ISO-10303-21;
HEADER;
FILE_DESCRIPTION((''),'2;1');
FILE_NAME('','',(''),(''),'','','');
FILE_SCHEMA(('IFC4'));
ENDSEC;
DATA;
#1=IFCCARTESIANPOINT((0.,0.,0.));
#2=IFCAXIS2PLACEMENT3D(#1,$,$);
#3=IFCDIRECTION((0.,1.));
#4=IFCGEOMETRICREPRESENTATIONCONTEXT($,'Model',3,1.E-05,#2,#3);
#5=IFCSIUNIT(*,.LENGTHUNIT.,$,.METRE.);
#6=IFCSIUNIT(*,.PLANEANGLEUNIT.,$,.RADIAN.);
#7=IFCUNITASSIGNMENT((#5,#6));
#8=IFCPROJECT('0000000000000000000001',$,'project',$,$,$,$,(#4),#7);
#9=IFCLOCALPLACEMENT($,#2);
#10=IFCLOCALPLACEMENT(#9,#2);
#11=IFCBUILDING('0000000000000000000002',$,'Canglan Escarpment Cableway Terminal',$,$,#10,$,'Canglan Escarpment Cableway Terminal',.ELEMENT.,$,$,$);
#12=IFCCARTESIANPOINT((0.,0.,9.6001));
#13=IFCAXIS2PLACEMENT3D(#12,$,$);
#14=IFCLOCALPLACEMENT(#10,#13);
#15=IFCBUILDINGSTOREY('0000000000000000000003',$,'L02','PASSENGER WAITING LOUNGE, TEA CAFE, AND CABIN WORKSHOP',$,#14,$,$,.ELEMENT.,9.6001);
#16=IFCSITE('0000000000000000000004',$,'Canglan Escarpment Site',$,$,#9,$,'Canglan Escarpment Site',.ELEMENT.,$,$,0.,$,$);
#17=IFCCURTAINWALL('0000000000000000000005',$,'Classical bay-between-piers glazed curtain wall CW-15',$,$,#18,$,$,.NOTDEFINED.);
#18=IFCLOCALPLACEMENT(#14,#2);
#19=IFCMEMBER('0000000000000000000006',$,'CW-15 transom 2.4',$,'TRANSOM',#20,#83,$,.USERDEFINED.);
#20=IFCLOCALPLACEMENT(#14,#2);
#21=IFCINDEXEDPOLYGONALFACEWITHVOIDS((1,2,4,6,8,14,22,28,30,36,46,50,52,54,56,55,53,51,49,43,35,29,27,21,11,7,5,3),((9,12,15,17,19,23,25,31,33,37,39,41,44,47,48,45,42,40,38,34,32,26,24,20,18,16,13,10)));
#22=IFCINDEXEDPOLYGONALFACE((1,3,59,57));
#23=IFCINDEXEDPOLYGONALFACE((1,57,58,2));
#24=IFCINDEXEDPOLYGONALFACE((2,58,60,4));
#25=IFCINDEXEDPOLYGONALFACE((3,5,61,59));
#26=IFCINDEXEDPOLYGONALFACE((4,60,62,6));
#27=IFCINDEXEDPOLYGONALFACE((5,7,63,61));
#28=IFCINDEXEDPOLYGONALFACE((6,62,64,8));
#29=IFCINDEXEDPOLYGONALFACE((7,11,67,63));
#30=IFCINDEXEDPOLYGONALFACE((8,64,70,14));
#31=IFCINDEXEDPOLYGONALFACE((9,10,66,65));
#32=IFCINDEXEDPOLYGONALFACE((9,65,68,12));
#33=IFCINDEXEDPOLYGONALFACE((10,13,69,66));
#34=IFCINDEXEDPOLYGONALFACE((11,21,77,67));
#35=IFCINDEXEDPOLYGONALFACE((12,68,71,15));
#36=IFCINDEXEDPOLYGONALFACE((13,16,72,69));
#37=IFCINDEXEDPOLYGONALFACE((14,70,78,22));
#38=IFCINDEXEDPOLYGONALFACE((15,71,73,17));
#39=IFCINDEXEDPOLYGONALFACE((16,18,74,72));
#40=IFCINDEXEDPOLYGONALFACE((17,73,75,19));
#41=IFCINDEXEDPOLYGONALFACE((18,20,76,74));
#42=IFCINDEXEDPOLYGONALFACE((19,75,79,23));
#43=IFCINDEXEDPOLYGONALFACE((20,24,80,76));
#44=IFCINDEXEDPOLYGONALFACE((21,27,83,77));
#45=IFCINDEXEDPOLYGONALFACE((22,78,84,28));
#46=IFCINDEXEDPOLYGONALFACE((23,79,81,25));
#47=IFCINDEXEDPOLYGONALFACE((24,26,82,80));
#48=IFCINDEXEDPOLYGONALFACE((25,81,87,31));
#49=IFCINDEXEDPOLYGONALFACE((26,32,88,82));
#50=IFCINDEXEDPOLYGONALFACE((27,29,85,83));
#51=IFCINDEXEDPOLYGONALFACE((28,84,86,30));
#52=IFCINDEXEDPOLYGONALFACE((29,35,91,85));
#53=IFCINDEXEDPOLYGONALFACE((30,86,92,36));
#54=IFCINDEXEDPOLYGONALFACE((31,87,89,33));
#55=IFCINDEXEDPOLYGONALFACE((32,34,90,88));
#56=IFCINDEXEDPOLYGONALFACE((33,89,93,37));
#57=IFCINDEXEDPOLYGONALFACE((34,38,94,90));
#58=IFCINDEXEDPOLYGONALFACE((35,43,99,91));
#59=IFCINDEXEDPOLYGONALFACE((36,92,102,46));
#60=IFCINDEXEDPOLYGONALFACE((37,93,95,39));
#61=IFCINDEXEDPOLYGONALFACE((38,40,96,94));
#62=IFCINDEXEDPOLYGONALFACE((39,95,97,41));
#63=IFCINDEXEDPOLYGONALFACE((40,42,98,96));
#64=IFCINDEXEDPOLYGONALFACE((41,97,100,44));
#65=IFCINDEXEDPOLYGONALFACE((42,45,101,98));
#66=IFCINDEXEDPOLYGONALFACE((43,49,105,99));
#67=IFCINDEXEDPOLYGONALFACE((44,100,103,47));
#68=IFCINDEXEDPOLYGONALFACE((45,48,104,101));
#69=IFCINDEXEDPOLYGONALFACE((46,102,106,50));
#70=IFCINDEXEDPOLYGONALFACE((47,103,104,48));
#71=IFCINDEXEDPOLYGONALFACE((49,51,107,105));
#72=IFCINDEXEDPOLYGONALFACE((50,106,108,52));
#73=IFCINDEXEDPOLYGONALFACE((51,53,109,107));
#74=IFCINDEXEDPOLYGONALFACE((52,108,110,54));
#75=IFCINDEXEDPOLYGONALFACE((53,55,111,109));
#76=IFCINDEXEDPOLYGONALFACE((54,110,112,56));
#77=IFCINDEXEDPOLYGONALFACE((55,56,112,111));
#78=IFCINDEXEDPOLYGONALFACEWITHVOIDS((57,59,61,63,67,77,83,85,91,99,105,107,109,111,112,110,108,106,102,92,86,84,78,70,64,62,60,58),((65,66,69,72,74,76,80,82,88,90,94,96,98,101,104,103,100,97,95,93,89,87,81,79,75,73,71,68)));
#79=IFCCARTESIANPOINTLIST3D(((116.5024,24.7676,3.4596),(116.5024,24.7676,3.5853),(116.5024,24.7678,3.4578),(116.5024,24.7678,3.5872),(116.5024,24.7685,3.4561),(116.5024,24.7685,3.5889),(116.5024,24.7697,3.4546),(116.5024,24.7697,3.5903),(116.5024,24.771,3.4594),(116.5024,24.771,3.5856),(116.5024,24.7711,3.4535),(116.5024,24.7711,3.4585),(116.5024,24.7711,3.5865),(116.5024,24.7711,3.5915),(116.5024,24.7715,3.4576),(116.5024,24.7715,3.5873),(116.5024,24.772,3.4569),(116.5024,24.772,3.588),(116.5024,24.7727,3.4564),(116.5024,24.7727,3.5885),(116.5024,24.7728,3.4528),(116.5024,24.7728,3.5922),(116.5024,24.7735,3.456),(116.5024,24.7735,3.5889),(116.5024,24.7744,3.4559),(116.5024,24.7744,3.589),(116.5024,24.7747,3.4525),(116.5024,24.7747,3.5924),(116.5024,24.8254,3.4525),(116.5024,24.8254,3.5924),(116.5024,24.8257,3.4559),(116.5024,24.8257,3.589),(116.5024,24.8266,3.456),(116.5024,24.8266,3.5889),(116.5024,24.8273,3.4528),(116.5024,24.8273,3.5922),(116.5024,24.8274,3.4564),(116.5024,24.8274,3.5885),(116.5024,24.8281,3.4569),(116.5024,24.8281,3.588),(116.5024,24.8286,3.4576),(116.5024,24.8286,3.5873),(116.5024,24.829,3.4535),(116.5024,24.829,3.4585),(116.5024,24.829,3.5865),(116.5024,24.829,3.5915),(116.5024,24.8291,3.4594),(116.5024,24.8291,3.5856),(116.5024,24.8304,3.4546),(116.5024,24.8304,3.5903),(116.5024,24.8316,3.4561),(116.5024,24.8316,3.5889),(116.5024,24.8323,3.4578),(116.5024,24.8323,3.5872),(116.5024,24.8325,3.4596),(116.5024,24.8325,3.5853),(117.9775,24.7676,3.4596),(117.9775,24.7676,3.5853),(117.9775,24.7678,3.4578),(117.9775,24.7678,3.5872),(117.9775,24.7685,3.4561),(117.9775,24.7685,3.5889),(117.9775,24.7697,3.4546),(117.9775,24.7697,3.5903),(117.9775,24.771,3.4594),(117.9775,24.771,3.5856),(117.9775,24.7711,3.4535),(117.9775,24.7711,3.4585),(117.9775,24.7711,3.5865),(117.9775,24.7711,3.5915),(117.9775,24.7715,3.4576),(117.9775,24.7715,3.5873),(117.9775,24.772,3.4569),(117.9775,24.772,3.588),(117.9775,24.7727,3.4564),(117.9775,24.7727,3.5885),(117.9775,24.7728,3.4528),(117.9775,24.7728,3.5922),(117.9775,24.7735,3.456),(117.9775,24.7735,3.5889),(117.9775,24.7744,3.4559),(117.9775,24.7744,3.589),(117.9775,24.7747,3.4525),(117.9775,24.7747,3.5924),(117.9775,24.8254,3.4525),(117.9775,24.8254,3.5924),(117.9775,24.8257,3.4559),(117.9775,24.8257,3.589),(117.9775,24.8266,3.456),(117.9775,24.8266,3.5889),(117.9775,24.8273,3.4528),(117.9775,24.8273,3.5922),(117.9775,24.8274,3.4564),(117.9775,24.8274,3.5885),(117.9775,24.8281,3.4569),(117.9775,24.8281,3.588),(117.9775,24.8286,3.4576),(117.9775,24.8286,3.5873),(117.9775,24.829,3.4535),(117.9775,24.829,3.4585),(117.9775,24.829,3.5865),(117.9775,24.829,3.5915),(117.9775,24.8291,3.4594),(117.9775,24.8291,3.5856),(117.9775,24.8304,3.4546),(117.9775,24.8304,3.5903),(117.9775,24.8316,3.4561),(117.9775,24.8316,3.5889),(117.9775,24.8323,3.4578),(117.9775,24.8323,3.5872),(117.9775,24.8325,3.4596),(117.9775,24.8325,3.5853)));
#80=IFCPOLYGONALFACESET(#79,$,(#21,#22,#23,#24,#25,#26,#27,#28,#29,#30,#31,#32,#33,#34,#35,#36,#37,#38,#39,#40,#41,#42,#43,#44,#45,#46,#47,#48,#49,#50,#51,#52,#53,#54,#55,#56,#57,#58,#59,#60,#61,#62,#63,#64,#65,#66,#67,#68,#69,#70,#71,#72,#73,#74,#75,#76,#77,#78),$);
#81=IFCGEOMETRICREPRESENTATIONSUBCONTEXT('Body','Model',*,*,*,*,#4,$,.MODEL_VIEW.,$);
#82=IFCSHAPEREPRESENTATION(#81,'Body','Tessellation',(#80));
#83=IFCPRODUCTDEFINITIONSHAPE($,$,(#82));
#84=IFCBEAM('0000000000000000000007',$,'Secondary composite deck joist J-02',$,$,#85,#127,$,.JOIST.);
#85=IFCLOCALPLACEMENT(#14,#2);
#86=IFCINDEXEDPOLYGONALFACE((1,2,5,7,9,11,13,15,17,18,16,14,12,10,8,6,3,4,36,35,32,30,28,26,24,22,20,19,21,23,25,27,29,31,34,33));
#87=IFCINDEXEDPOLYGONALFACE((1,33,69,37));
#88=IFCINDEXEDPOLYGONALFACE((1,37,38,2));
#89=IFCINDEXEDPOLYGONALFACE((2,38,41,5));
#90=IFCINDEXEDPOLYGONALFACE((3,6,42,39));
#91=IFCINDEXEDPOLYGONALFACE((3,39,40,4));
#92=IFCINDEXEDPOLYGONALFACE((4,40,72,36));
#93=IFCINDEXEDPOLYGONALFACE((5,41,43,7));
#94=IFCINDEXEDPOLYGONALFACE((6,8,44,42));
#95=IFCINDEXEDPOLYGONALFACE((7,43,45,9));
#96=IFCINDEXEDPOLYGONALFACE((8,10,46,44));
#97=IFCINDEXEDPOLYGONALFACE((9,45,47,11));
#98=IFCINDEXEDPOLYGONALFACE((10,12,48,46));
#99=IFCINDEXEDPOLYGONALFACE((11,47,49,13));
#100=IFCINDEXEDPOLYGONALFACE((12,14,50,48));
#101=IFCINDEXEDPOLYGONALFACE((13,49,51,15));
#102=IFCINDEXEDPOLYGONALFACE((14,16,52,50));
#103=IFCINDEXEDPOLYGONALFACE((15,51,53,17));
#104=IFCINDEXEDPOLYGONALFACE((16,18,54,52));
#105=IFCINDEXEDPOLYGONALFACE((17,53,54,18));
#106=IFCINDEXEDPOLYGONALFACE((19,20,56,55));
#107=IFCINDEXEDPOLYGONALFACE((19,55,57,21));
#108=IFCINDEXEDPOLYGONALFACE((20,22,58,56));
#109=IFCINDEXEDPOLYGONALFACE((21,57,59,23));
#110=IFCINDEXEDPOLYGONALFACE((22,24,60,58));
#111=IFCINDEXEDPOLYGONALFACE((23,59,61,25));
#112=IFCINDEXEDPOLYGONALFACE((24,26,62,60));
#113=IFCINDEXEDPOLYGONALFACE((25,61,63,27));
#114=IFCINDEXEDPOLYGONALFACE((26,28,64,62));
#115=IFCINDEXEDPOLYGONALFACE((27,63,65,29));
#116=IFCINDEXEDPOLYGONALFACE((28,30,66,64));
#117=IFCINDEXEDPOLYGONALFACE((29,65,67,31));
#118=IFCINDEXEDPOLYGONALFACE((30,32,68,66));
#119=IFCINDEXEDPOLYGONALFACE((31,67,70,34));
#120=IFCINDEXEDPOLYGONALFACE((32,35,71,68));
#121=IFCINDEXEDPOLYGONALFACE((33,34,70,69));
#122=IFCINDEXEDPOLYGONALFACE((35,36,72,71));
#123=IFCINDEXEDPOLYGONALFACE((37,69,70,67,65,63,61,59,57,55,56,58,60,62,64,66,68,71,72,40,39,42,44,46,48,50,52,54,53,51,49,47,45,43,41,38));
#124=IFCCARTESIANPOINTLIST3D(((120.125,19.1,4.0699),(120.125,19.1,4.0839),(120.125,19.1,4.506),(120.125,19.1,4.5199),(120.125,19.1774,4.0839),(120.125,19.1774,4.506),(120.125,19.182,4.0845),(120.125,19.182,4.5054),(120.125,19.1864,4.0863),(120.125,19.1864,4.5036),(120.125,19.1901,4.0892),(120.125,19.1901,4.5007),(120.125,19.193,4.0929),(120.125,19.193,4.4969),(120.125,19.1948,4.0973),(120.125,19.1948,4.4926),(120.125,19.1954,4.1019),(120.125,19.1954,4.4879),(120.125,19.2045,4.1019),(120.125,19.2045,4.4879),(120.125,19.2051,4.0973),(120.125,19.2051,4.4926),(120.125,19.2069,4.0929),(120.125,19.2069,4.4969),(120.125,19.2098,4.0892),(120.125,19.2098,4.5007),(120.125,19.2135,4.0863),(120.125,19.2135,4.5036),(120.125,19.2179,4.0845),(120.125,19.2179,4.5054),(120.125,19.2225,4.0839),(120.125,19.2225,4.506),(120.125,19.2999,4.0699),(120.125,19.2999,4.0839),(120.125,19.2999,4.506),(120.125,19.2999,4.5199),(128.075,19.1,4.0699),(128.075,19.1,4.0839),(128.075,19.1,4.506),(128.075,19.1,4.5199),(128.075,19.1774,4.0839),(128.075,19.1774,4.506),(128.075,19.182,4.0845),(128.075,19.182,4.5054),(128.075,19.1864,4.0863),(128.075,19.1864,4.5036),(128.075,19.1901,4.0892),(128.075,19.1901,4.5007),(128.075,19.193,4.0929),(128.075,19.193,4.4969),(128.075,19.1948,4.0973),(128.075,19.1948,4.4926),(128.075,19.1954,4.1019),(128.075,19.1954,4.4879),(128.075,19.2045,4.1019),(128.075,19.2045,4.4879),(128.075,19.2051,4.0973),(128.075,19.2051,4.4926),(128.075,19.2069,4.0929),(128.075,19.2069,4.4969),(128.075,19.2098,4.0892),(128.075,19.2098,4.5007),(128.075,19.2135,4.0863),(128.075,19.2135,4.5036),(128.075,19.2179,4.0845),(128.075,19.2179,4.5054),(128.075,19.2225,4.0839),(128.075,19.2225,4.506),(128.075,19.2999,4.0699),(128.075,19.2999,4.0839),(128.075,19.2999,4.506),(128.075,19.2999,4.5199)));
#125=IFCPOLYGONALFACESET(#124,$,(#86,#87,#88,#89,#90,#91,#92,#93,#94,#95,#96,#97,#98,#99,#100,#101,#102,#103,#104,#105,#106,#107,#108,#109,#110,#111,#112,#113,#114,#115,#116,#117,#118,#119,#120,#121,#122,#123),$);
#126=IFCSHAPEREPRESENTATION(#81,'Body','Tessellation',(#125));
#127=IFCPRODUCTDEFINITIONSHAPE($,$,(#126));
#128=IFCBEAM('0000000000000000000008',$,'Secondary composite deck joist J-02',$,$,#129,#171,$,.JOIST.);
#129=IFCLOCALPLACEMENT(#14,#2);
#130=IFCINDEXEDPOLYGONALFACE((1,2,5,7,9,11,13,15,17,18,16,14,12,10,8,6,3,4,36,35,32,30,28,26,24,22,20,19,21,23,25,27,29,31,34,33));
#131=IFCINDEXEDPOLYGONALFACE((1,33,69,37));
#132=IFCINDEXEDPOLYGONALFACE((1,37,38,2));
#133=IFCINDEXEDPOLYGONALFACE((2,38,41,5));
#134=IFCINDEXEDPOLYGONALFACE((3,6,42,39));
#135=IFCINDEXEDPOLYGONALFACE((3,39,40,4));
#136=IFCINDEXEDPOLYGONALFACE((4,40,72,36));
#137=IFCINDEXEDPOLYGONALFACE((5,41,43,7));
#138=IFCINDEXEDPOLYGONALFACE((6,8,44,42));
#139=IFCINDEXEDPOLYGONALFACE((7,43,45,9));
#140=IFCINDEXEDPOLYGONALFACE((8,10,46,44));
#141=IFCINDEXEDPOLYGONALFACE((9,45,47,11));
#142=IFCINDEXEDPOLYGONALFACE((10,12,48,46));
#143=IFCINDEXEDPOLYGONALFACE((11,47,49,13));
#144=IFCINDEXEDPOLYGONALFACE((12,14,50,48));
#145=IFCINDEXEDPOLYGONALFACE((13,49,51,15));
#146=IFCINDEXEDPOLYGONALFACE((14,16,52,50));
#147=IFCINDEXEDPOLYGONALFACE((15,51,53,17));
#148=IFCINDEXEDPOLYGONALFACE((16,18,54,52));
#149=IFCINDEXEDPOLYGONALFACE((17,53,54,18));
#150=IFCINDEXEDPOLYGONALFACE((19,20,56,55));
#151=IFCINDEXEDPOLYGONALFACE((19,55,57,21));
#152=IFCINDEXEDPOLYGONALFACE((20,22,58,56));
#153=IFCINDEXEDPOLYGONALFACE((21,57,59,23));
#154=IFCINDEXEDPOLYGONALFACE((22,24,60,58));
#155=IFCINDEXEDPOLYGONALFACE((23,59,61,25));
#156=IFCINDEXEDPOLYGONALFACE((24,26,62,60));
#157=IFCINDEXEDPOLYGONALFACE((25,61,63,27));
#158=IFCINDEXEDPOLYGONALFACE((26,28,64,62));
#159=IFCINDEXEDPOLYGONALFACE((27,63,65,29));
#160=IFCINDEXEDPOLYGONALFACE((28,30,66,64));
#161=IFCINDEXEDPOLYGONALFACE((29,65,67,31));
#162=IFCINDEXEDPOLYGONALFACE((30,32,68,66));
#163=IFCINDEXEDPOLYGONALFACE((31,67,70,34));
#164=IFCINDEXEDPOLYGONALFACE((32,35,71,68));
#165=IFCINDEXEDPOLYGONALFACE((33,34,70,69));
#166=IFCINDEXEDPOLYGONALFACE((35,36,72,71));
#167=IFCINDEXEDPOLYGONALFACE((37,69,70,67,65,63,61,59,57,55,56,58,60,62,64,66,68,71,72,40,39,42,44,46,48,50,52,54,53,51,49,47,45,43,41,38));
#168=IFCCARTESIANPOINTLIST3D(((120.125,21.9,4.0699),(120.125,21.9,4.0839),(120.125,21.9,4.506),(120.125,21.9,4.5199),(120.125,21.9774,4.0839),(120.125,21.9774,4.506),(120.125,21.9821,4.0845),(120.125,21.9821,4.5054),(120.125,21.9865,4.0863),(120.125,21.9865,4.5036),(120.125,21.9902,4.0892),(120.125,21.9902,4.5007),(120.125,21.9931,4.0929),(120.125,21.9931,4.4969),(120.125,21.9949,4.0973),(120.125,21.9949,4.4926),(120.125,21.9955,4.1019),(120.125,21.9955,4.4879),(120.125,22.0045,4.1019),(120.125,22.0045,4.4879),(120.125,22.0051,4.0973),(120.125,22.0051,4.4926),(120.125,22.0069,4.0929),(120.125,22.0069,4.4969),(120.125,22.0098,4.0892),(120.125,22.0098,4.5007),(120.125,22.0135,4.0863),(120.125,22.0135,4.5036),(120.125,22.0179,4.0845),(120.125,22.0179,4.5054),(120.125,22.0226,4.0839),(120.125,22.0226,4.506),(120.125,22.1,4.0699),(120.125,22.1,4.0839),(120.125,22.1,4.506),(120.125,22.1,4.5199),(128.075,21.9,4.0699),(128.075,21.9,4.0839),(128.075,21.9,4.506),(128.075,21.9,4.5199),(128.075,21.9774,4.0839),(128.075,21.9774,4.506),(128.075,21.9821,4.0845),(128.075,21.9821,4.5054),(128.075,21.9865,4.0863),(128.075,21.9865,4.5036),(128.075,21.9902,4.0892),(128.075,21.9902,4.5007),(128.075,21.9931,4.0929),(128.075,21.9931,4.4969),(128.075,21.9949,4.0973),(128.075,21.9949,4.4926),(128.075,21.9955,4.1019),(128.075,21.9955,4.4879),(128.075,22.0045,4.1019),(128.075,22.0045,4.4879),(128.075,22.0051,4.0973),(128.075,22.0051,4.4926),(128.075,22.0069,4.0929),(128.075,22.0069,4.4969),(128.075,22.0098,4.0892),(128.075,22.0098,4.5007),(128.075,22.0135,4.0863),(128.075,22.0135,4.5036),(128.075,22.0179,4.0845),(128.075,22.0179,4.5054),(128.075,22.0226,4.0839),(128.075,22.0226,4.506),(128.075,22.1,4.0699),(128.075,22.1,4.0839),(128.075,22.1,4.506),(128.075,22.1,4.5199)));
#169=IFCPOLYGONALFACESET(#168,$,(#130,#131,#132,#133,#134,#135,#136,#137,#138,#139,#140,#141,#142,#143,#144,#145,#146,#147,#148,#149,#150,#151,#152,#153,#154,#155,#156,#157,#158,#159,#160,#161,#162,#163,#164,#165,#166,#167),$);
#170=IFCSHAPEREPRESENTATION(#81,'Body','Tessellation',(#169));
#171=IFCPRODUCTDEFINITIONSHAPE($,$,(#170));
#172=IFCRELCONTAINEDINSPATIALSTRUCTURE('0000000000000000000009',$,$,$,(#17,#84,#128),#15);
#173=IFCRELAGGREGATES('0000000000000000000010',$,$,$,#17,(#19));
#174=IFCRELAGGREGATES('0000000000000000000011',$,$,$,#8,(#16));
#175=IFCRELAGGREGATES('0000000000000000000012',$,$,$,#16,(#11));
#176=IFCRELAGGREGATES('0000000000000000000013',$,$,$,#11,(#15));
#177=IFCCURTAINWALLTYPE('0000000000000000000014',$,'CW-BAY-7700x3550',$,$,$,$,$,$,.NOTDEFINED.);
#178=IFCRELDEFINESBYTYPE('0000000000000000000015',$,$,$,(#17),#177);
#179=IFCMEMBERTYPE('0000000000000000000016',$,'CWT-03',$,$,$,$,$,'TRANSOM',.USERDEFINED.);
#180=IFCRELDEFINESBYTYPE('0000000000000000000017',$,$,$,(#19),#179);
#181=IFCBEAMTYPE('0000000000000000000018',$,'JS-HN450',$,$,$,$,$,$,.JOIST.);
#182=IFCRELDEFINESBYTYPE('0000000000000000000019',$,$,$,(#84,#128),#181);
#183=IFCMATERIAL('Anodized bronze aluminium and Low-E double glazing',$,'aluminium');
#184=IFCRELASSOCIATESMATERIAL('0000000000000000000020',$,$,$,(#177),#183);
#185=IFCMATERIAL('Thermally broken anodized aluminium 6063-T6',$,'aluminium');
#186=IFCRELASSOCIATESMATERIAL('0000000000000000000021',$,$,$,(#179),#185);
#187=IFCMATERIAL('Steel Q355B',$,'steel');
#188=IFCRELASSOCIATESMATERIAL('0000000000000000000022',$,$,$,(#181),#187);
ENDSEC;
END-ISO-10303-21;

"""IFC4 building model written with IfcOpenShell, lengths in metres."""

from ifc_helpers import new_model, si_unit, direction, frame, origin, origin_2d, place, context, subcontext, project, spatial, hollow_rectangle, i_section, extrude, material, material_profile, profile_set, type_object, element, aggregate, save


model = new_model("IFC4")

# Units and contexts
model_context = context("Model", 3, precision=1e-05, world=origin(), true_north=direction((0.0, 1.0)))
body_context = subcontext(model_context, "Body", "Model", "MODEL_VIEW")
ifc_project = project(units=[si_unit("LENGTHUNIT", "METRE"), si_unit("PLANEANGLEUNIT", "RADIAN")], contexts=[model_context])

# Site, building, storey
site_placement = place(None, origin())
site = spatial("IfcSite", under=ifc_project, at=site_placement, Name="Canglan Escarpment Site", LongName="Canglan Escarpment Site", CompositionType="ELEMENT", RefElevation=0.0)
building_placement = place(site_placement, origin())
building = spatial("IfcBuilding", under=site, at=building_placement, Name="Canglan Escarpment Cableway Terminal", LongName="Canglan Escarpment Cableway Terminal", CompositionType="ELEMENT")
storey_placement = place(building_placement, frame((0.0, 0.0, 9.6001)))
storey = spatial("IfcBuildingStorey", under=building, at=storey_placement, Name="L02", Description="PASSENGER WAITING LOUNGE, TEA CAFE, AND CABIN WORKSHOP", CompositionType="ELEMENT", Elevation=9.6001)

# Curtain wall, member
ifc_material_1 = material(Name="Anodized bronze aluminium and Low-E double glazing", Category="aluminium")
curtain_wall_type = type_object("IfcCurtainWallType", Name="CW-BAY-7700x3550", PredefinedType="NOTDEFINED", material=ifc_material_1)
curtain_wall_placement = place(storey_placement, origin())
curtain_wall = element("IfcCurtainWall", 1, at=curtain_wall_placement, inside=storey, type_object=curtain_wall_type, Name="Classical bay-between-piers glazed curtain wall CW-15", PredefinedType="NOTDEFINED")
ifc_material_2 = material(Name="Thermally broken anodized aluminium 6063-T6", Category="aluminium")
ifc_material_profile_1 = material_profile(ifc_material_2, hollow_rectangle(XDim=0.0649, YDim=0.1399, WallThickness=0.0034, InnerFilletRadius=0.0034, OuterFilletRadius=0.0071, at=origin_2d()), Name="ALU-TRAN 65x140x3.5")
ifc_profile_set_1 = profile_set([ifc_material_profile_1], Name="Thermally broken anodized aluminium 6063-T6")
member_type_1 = type_object("IfcMemberType", Name="CWT-03", ElementType="TRANSOM", PredefinedType="USERDEFINED", material=ifc_profile_set_1)
member_1_placement = place(storey_placement, frame((117.9775, 24.8, 3.5225), z_axis=(-1.0, 0.0, 0.0), x_axis=(0.0, -1.0, 0.0)))
member_1 = element("IfcMember", 2, at=member_1_placement, type_object=member_type_1, Name="CW-15 transom 2.4", ObjectType="TRANSOM", PredefinedType="USERDEFINED", context=body_context, shape_type="SweptSolid", body=[
    extrude(hollow_rectangle(XDim=0.0649, YDim=0.1399, WallThickness=0.0034, InnerFilletRadius=0.0034, OuterFilletRadius=0.0071, at=origin_2d()), origin(), (0.0, 0.0, 1.0), 1.4751),
])

# Beams
ifc_material_3 = material(Name="Steel Q355B", Category="steel")
ifc_material_profile_2 = material_profile(ifc_material_3, i_section(OverallWidth=0.2, OverallDepth=0.45, WebThickness=0.009, FlangeThickness=0.0139, FilletRadius=0.0181, at=origin_2d()), Name="HN 450x200x9x14")
ifc_profile_set_2 = profile_set([ifc_material_profile_2], Name="Steel Q355B")
beam_type_1 = type_object("IfcBeamType", Name="JS-HN450", PredefinedType="JOIST", material=ifc_profile_set_2)
for number, where, z_axis, x_axis, name in (
    (3, (120.125, 19.2, 4.2949), (1.0, 0.0, 0.0), (0.0, 1.0, 0.0), "Secondary composite deck joist J-02"),
    (4, (120.125, 22.0, 4.2949), (1.0, 0.0, 0.0), (0.0, 1.0, 0.0), "Secondary composite deck joist J-02"),
):
    element("IfcBeam", number, at=place(storey_placement, frame(where, z_axis=z_axis, x_axis=x_axis)), inside=storey, type_object=beam_type_1, Name=name, PredefinedType="JOIST", context=body_context, shape_type="SweptSolid", body=[
        extrude(i_section(OverallWidth=0.2, OverallDepth=0.45, WebThickness=0.009, FlangeThickness=0.0139, FilletRadius=0.0181, at=origin_2d()), origin(), (0.0, 0.0, 1.0), 7.95),
    ])

aggregate(curtain_wall, [member_1])

save(model, "model.ifc")
